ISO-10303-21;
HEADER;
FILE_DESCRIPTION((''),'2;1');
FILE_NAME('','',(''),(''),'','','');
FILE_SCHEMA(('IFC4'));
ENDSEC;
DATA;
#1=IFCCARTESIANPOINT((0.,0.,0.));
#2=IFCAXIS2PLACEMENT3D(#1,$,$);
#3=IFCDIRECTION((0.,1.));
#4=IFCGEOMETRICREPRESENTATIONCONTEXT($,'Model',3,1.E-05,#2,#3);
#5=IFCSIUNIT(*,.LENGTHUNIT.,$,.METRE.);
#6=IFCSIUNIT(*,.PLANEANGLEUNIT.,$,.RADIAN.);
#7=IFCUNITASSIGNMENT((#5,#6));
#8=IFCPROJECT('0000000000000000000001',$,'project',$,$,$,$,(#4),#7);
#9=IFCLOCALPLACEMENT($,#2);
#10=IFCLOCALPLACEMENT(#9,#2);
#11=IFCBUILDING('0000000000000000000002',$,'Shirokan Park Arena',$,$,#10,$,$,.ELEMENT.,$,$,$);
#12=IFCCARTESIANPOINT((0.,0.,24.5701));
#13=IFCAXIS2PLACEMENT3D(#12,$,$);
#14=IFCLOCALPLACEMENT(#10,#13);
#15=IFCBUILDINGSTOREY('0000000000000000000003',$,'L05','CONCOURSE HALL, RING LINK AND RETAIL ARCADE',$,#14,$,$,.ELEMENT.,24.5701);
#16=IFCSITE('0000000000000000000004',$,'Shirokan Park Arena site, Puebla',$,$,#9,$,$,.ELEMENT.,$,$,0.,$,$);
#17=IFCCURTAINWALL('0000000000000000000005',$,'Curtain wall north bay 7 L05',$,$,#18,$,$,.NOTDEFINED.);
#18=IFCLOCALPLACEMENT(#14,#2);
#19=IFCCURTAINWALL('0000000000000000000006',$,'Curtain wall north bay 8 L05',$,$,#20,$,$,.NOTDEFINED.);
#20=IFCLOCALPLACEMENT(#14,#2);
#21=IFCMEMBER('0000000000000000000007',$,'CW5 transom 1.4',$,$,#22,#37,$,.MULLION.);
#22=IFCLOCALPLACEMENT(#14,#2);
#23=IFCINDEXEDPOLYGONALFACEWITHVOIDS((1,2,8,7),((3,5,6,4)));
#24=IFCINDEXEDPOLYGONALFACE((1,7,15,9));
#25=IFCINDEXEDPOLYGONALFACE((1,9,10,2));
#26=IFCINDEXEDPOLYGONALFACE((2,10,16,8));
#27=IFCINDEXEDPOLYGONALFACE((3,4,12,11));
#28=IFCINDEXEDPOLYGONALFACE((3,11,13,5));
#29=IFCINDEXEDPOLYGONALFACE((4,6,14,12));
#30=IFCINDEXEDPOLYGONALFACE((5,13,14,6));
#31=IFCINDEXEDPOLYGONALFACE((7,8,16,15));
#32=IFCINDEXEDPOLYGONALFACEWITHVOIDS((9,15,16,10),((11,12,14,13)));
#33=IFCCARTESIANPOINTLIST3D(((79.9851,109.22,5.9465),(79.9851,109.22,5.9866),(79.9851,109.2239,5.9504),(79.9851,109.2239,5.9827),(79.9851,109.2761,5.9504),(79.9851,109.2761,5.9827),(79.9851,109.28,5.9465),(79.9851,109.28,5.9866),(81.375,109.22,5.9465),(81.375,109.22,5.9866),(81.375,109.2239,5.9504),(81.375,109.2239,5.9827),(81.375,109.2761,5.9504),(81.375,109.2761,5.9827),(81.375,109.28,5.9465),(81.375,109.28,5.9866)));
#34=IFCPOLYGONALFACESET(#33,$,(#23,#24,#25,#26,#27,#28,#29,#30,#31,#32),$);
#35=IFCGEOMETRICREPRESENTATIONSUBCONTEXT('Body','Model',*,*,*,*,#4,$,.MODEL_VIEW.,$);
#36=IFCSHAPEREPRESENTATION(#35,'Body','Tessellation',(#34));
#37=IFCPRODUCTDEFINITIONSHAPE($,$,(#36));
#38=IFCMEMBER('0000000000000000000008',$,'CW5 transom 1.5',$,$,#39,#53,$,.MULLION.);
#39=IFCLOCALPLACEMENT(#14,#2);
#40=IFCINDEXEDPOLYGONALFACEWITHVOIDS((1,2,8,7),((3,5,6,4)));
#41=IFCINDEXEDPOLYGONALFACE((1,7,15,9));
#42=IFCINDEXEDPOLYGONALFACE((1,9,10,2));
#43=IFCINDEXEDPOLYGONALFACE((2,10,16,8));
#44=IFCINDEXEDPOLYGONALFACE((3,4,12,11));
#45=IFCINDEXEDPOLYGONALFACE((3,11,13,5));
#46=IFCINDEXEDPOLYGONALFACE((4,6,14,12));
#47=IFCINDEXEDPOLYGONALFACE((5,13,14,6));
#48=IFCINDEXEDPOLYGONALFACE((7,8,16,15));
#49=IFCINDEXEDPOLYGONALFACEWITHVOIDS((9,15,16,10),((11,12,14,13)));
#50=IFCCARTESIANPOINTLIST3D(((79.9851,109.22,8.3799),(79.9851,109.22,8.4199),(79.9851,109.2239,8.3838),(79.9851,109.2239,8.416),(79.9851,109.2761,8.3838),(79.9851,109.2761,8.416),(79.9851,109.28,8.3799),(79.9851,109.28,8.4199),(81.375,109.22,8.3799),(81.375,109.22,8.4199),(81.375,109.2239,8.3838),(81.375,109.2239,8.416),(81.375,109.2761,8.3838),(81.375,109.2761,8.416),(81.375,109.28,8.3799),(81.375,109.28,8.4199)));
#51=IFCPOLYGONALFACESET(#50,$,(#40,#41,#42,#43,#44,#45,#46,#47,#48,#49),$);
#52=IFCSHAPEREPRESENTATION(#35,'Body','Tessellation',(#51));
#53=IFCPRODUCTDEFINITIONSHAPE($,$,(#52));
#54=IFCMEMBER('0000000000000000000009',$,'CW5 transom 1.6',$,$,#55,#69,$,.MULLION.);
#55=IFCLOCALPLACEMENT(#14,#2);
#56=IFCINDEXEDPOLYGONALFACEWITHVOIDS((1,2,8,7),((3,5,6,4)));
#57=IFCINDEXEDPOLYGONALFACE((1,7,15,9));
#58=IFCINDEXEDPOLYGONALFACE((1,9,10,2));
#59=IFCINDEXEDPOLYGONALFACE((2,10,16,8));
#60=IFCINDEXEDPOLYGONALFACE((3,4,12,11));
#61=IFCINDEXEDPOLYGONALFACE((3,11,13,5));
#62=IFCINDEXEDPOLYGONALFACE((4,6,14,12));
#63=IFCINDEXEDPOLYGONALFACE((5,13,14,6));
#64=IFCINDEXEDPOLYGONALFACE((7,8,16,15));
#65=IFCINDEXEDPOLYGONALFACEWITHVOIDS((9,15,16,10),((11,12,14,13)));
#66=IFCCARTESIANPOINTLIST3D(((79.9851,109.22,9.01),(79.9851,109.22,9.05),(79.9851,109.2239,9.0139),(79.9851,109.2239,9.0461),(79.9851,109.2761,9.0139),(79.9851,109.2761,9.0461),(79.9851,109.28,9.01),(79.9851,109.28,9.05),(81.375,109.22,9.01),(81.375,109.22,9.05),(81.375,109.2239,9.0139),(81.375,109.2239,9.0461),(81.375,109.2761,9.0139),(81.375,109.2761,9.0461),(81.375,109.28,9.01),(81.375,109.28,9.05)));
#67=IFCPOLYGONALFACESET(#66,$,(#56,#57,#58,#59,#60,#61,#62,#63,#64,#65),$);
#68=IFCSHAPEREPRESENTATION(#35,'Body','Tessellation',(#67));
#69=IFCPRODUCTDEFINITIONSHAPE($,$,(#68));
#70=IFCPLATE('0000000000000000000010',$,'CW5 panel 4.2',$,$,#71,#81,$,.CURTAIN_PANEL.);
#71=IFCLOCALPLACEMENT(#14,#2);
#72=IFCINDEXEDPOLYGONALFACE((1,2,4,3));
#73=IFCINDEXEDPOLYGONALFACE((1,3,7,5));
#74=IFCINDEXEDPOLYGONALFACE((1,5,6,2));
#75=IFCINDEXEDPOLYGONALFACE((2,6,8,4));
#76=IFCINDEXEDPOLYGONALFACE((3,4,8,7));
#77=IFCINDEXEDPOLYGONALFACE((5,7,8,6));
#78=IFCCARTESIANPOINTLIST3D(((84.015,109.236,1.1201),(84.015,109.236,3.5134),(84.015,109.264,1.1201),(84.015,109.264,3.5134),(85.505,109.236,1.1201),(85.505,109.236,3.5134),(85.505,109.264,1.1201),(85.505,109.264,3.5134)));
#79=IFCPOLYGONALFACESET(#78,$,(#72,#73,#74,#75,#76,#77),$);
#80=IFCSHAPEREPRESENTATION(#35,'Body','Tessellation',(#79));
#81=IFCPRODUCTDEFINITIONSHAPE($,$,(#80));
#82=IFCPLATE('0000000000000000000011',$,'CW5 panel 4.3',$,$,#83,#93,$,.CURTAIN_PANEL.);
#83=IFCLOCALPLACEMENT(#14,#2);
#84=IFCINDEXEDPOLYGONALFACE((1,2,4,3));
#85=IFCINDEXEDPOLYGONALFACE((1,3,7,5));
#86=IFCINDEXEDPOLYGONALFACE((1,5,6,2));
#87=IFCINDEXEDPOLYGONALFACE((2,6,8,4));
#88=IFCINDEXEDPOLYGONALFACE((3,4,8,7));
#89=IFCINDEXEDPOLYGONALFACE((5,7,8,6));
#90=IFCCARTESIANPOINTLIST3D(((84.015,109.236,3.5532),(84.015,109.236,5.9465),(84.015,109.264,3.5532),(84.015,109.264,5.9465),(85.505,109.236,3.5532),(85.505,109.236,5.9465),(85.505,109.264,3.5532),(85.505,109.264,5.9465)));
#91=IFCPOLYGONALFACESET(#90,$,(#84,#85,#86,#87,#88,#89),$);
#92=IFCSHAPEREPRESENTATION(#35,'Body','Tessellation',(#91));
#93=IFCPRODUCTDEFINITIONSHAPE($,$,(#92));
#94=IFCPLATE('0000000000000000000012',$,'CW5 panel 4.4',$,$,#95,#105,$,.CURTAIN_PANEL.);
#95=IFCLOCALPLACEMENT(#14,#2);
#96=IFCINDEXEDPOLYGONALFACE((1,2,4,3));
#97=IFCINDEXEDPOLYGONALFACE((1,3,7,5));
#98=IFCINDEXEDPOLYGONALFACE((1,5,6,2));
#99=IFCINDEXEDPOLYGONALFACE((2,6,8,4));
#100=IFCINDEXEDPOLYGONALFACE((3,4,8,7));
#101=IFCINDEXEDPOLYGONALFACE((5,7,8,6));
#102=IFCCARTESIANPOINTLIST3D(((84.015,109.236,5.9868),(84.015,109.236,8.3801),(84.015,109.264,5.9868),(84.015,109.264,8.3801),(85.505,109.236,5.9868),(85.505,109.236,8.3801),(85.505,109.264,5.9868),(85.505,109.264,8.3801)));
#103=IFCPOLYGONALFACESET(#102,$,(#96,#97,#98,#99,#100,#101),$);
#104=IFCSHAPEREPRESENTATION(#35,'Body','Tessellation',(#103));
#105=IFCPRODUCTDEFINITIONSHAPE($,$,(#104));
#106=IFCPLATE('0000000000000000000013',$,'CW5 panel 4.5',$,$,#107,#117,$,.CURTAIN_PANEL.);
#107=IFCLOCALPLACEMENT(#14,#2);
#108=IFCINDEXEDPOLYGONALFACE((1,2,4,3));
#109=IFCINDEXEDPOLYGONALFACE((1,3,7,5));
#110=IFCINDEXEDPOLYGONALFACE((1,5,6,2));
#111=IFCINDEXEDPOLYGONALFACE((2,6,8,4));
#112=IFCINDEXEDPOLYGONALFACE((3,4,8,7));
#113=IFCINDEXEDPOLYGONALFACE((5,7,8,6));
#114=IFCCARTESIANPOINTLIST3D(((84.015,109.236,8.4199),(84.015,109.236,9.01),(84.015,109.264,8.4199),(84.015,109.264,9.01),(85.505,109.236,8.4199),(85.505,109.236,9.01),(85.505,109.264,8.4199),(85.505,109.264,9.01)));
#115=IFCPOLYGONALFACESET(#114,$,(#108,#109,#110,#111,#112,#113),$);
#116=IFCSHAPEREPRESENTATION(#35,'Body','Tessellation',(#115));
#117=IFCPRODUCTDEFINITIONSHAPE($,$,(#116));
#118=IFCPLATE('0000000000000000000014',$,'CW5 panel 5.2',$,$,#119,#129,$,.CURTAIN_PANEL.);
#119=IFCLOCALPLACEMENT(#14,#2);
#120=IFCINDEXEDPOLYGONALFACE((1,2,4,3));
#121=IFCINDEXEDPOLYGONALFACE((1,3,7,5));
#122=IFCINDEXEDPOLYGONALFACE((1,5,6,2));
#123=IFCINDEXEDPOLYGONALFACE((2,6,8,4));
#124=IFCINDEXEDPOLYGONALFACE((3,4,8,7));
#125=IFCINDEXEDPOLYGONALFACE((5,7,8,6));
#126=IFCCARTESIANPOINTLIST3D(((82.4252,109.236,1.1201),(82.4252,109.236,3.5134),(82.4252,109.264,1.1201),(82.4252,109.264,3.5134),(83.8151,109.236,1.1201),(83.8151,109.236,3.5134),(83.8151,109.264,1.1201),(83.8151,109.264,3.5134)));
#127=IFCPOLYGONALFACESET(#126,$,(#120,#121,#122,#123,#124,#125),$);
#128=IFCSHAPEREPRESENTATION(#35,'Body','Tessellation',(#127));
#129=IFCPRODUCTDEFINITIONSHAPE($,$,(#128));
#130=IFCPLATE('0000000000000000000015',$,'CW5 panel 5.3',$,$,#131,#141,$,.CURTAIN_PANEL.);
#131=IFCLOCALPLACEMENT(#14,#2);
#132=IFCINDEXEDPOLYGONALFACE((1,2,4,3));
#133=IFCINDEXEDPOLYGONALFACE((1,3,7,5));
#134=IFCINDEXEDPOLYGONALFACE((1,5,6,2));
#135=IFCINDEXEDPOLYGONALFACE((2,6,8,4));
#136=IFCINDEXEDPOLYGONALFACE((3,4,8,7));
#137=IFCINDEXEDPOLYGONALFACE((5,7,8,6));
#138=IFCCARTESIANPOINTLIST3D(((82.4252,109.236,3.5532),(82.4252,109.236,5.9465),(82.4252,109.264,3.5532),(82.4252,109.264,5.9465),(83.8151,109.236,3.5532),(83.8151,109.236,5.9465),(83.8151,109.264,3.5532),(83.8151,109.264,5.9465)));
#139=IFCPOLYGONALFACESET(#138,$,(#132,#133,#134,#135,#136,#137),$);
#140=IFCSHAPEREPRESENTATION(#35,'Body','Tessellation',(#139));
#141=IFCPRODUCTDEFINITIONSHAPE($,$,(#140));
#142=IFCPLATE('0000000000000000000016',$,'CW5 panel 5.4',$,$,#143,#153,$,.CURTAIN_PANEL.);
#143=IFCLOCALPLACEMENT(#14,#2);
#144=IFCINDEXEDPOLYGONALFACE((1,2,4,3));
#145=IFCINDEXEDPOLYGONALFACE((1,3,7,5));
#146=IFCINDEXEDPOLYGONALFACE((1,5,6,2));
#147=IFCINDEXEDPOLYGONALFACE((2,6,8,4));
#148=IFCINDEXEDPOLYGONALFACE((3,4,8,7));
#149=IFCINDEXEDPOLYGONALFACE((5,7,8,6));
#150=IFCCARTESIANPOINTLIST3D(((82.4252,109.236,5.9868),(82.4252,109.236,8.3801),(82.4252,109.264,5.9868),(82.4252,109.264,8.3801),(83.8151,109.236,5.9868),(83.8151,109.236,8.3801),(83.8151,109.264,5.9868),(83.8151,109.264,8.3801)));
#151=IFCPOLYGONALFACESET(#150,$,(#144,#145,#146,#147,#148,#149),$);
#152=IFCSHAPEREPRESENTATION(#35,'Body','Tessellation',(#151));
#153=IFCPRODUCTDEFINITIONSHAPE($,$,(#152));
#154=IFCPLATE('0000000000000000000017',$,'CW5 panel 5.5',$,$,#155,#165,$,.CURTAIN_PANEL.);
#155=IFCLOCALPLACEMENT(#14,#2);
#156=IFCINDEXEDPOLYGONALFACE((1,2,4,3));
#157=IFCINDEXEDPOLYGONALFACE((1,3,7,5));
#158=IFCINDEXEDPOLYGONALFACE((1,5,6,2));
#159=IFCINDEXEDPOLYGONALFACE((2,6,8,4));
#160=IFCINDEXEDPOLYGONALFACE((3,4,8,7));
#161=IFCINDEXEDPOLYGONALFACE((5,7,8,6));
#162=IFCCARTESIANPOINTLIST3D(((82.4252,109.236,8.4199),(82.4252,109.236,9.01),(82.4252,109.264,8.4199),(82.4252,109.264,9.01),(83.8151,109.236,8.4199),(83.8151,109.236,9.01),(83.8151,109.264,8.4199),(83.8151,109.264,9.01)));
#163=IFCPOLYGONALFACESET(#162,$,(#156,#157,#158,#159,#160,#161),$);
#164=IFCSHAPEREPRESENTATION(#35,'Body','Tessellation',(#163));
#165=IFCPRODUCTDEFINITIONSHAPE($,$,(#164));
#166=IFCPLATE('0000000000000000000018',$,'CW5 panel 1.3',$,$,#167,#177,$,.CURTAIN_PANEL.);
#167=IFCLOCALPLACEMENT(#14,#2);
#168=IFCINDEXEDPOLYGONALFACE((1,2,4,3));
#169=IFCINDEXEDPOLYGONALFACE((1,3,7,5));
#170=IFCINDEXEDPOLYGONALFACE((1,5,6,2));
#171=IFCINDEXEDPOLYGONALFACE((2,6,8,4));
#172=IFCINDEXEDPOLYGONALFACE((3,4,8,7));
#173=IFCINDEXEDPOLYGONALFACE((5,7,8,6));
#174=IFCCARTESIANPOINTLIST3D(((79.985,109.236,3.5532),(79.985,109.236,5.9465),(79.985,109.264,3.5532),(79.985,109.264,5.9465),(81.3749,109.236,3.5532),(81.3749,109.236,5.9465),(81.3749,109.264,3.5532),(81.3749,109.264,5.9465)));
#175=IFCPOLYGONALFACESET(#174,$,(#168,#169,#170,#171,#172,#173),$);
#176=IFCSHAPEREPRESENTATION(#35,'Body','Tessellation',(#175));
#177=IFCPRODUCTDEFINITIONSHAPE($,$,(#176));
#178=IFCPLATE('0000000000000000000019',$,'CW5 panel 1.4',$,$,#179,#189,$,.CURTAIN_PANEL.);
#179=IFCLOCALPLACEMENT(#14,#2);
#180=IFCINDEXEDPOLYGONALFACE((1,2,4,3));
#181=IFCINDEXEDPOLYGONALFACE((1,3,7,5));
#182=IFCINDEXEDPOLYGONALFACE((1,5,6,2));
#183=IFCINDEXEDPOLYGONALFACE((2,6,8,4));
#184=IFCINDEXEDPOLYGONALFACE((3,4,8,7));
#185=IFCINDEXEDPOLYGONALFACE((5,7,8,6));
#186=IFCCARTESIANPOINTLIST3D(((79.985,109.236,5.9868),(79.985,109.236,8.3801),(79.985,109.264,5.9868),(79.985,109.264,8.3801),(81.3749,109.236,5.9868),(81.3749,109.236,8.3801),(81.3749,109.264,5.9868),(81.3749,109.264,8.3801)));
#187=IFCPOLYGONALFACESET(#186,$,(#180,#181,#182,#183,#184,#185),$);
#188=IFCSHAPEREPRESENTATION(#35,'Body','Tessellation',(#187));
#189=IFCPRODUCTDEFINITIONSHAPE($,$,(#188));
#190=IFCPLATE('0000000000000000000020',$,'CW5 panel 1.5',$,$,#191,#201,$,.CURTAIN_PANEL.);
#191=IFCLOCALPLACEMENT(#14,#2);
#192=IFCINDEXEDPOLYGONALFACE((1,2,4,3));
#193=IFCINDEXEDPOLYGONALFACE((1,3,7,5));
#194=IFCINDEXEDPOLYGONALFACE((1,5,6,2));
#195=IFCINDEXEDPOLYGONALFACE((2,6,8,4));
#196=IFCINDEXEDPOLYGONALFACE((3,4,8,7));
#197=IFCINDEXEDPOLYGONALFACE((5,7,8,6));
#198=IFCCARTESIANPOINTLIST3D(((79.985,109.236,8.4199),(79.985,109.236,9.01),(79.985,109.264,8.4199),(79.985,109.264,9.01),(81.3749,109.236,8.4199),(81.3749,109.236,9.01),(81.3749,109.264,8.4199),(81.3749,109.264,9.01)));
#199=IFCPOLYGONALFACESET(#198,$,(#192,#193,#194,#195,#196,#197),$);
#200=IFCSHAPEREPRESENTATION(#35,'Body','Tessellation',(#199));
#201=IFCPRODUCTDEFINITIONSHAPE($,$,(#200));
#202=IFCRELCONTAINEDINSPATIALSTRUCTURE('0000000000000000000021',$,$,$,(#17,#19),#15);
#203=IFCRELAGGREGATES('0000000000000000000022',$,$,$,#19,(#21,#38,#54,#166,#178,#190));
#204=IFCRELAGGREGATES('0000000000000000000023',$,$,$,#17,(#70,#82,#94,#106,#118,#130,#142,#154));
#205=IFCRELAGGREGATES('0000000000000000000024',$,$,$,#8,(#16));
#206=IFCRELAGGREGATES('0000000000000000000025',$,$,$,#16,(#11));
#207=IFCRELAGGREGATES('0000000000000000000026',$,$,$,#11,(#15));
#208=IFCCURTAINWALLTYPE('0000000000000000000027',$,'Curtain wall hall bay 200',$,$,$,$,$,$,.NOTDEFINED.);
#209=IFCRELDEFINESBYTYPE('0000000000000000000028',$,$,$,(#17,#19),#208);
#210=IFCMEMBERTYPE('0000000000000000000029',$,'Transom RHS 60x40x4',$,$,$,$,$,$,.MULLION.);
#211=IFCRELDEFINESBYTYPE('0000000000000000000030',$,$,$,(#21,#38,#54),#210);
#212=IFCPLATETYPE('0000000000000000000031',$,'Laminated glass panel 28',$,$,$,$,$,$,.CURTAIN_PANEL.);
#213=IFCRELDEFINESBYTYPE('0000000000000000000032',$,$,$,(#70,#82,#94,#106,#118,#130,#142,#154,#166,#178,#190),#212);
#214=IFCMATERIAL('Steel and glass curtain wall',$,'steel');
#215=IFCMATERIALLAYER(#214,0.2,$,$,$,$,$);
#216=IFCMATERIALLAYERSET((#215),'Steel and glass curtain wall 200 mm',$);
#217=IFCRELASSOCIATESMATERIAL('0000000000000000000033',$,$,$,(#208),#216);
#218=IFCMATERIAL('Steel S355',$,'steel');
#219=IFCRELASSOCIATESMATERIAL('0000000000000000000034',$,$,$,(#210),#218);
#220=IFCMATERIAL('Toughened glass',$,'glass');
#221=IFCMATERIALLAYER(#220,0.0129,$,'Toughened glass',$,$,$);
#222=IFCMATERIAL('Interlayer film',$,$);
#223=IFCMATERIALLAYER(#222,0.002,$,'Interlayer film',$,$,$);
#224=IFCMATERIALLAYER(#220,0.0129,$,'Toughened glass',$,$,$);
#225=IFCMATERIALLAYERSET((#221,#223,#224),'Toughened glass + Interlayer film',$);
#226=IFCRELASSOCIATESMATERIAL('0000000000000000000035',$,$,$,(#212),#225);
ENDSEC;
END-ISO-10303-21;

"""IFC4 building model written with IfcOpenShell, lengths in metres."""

from ifc_helpers import new_model, si_unit, direction, frame, origin, origin_2d, place, context, subcontext, project, spatial, rectangle, hollow_rectangle, extrude, material, layer, layer_set, material_profile, profile_set, type_object, element, aggregate, save


model = new_model("IFC4")

# Units and contexts
model_context = context("Model", 3, precision=1e-05, world=origin(), true_north=direction((0.0, 1.0)))
body_context = subcontext(model_context, "Body", "Model", "MODEL_VIEW")
ifc_project = project(units=[si_unit("LENGTHUNIT", "METRE"), si_unit("PLANEANGLEUNIT", "RADIAN")], contexts=[model_context])

# Site, building, storey
site_placement = place(None, origin())
site = spatial("IfcSite", under=ifc_project, at=site_placement, Name="Shirokan Park Arena site, Puebla", CompositionType="ELEMENT", RefElevation=0.0)
building_placement = place(site_placement, origin())
building = spatial("IfcBuilding", under=site, at=building_placement, Name="Shirokan Park Arena", CompositionType="ELEMENT")
storey_placement = place(building_placement, frame((0.0, 0.0, 24.5701)))
storey = spatial("IfcBuildingStorey", under=building, at=storey_placement, Name="L05", Description="CONCOURSE HALL, RING LINK AND RETAIL ARCADE", CompositionType="ELEMENT", Elevation=24.5701)

# Curtain wall
ifc_material_1 = material(Name="Steel and glass curtain wall", Category="steel")
ifc_layer_1 = layer(ifc_material_1, 0.2)
ifc_layer_set_1 = layer_set([ifc_layer_1], Name="Steel and glass curtain wall 200 mm")
curtain_wall_type = type_object("IfcCurtainWallType", Name="Curtain wall hall bay 200", PredefinedType="NOTDEFINED", material=ifc_layer_set_1)
curtain_wall_1_placement = place(storey_placement, origin())
curtain_wall_1 = element("IfcCurtainWall", 1, at=curtain_wall_1_placement, inside=storey, type_object=curtain_wall_type, Name="Curtain wall north bay 7 L05", PredefinedType="NOTDEFINED")
ifc_material_2 = material(Name="Steel S355", Category="steel")

# Curtain wall
curtain_wall_2_placement = place(storey_placement, origin())
curtain_wall_2 = element("IfcCurtainWall", 2, at=curtain_wall_2_placement, inside=storey, type_object=curtain_wall_type, Name="Curtain wall north bay 8 L05", PredefinedType="NOTDEFINED")

# Members
ifc_material_profile_1 = material_profile(ifc_material_2, hollow_rectangle(XDim=0.0601, YDim=0.04, WallThickness=0.0039, at=origin_2d()), Name="RHS 60x40x4")
ifc_profile_set_1 = profile_set([ifc_material_profile_1], Name="Steel S355")
member_type_1 = type_object("IfcMemberType", Name="Transom RHS 60x40x4", PredefinedType="MULLION", material=ifc_profile_set_1)
member_1_placement = place(storey_placement, frame((81.375, 109.25, 5.9666), z_axis=(-1.0, 0.0, 0.0), x_axis=(0.0, -1.0, 0.0)))
member_1 = element("IfcMember", 3, at=member_1_placement, type_object=member_type_1, Name="CW5 transom 1.4", PredefinedType="MULLION", context=body_context, shape_type="SweptSolid", body=[
    extrude(hollow_rectangle(XDim=0.0601, YDim=0.04, WallThickness=0.0039, at=origin_2d()), origin(), (0.0, 0.0, 1.0), 1.3899),
])
member_2_placement = place(storey_placement, frame((81.375, 109.25, 8.3999), z_axis=(-1.0, 0.0, 0.0), x_axis=(0.0, -1.0, 0.0)))
member_2 = element("IfcMember", 4, at=member_2_placement, type_object=member_type_1, Name="CW5 transom 1.5", PredefinedType="MULLION", context=body_context, shape_type="SweptSolid", body=[
    extrude(hollow_rectangle(XDim=0.0601, YDim=0.04, WallThickness=0.0039, at=origin_2d()), origin(), (0.0, 0.0, 1.0), 1.3899),
])
member_3_placement = place(storey_placement, frame((81.375, 109.25, 9.03), z_axis=(-1.0, 0.0, 0.0), x_axis=(0.0, -1.0, 0.0)))
member_3 = element("IfcMember", 5, at=member_3_placement, type_object=member_type_1, Name="CW5 transom 1.6", PredefinedType="MULLION", context=body_context, shape_type="SweptSolid", body=[
    extrude(hollow_rectangle(XDim=0.0601, YDim=0.04, WallThickness=0.0039, at=origin_2d()), origin(), (0.0, 0.0, 1.0), 1.3899),
])

# Plates
ifc_material_3 = material(Name="Toughened glass", Category="glass")
ifc_layer_2 = layer(ifc_material_3, 0.0129, Name="Toughened glass")
ifc_material_4 = material(Name="Interlayer film")
ifc_layer_3 = layer(ifc_material_4, 0.002, Name="Interlayer film")
ifc_layer_4 = layer(ifc_material_3, 0.0129, Name="Toughened glass")
ifc_layer_set_2 = layer_set([ifc_layer_2, ifc_layer_3, ifc_layer_4], Name="Toughened glass + Interlayer film")
plate_type_1 = type_object("IfcPlateType", Name="Laminated glass panel 28", PredefinedType="CURTAIN_PANEL", material=ifc_layer_set_2)
plate_1_placement = place(storey_placement, frame((84.76, 109.25, 1.1201), z_axis=(0.0, 0.0, 1.0), x_axis=(-1.0, 0.0, 0.0)))
plate_1 = element("IfcPlate", 6, at=plate_1_placement, type_object=plate_type_1, Name="CW5 panel 4.2", PredefinedType="CURTAIN_PANEL", context=body_context, shape_type="SweptSolid", body=[
    extrude(rectangle(XDim=1.49, YDim=0.0281, at=origin_2d()), origin(), (0.0, 0.0, 1.0), 2.3933),
])
plate_2_placement = place(storey_placement, frame((84.76, 109.25, 3.5532), z_axis=(0.0, 0.0, 1.0), x_axis=(-1.0, 0.0, 0.0)))
plate_2 = element("IfcPlate", 7, at=plate_2_placement, type_object=plate_type_1, Name="CW5 panel 4.3", PredefinedType="CURTAIN_PANEL", context=body_context, shape_type="SweptSolid", body=[
    extrude(rectangle(XDim=1.49, YDim=0.0281, at=origin_2d()), origin(), (0.0, 0.0, 1.0), 2.3933),
])
plate_3_placement = place(storey_placement, frame((84.76, 109.25, 5.9868), z_axis=(0.0, 0.0, 1.0), x_axis=(-1.0, 0.0, 0.0)))
plate_3 = element("IfcPlate", 8, at=plate_3_placement, type_object=plate_type_1, Name="CW5 panel 4.4", PredefinedType="CURTAIN_PANEL", context=body_context, shape_type="SweptSolid", body=[
    extrude(rectangle(XDim=1.49, YDim=0.0281, at=origin_2d()), origin(), (0.0, 0.0, 1.0), 2.3933),
])
plate_4_placement = place(storey_placement, frame((84.76, 109.25, 8.4199), z_axis=(0.0, 0.0, 1.0), x_axis=(-1.0, 0.0, 0.0)))
plate_4 = element("IfcPlate", 9, at=plate_4_placement, type_object=plate_type_1, Name="CW5 panel 4.5", PredefinedType="CURTAIN_PANEL", context=body_context, shape_type="SweptSolid", body=[
    extrude(rectangle(XDim=1.49, YDim=0.0281, at=origin_2d()), origin(), (0.0, 0.0, 1.0), 0.5901),
])
plate_5_placement = place(storey_placement, frame((83.1201, 109.25, 1.1201), z_axis=(0.0, 0.0, 1.0), x_axis=(-1.0, 0.0, 0.0)))
plate_5 = element("IfcPlate", 10, at=plate_5_placement, type_object=plate_type_1, Name="CW5 panel 5.2", PredefinedType="CURTAIN_PANEL", context=body_context, shape_type="SweptSolid", body=[
    extrude(rectangle(XDim=1.3899, YDim=0.0281, at=origin_2d()), origin(), (0.0, 0.0, 1.0), 2.3933),
])
plate_6_placement = place(storey_placement, frame((83.1201, 109.25, 3.5532), z_axis=(0.0, 0.0, 1.0), x_axis=(-1.0, 0.0, 0.0)))
plate_6 = element("IfcPlate", 11, at=plate_6_placement, type_object=plate_type_1, Name="CW5 panel 5.3", PredefinedType="CURTAIN_PANEL", context=body_context, shape_type="SweptSolid", body=[
    extrude(rectangle(XDim=1.3899, YDim=0.0281, at=origin_2d()), origin(), (0.0, 0.0, 1.0), 2.3933),
])
plate_7_placement = place(storey_placement, frame((83.1201, 109.25, 5.9868), z_axis=(0.0, 0.0, 1.0), x_axis=(-1.0, 0.0, 0.0)))
plate_7 = element("IfcPlate", 12, at=plate_7_placement, type_object=plate_type_1, Name="CW5 panel 5.4", PredefinedType="CURTAIN_PANEL", context=body_context, shape_type="SweptSolid", body=[
    extrude(rectangle(XDim=1.3899, YDim=0.0281, at=origin_2d()), origin(), (0.0, 0.0, 1.0), 2.3933),
])
plate_8_placement = place(storey_placement, frame((83.1201, 109.25, 8.4199), z_axis=(0.0, 0.0, 1.0), x_axis=(-1.0, 0.0, 0.0)))
plate_8 = element("IfcPlate", 13, at=plate_8_placement, type_object=plate_type_1, Name="CW5 panel 5.5", PredefinedType="CURTAIN_PANEL", context=body_context, shape_type="SweptSolid", body=[
    extrude(rectangle(XDim=1.3899, YDim=0.0281, at=origin_2d()), origin(), (0.0, 0.0, 1.0), 0.5901),
])
plate_9_placement = place(storey_placement, frame((80.6799, 109.25, 3.5532), z_axis=(0.0, 0.0, 1.0), x_axis=(-1.0, 0.0, 0.0)))
plate_9 = element("IfcPlate", 14, at=plate_9_placement, type_object=plate_type_1, Name="CW5 panel 1.3", PredefinedType="CURTAIN_PANEL", context=body_context, shape_type="SweptSolid", body=[
    extrude(rectangle(XDim=1.3899, YDim=0.0281, at=origin_2d()), origin(), (0.0, 0.0, 1.0), 2.3933),
])
plate_10_placement = place(storey_placement, frame((80.6799, 109.25, 5.9868), z_axis=(0.0, 0.0, 1.0), x_axis=(-1.0, 0.0, 0.0)))
plate_10 = element("IfcPlate", 15, at=plate_10_placement, type_object=plate_type_1, Name="CW5 panel 1.4", PredefinedType="CURTAIN_PANEL", context=body_context, shape_type="SweptSolid", body=[
    extrude(rectangle(XDim=1.3899, YDim=0.0281, at=origin_2d()), origin(), (0.0, 0.0, 1.0), 2.3933),
])
plate_11_placement = place(storey_placement, frame((80.6799, 109.25, 8.4199), z_axis=(0.0, 0.0, 1.0), x_axis=(-1.0, 0.0, 0.0)))
plate_11 = element("IfcPlate", 16, at=plate_11_placement, type_object=plate_type_1, Name="CW5 panel 1.5", PredefinedType="CURTAIN_PANEL", context=body_context, shape_type="SweptSolid", body=[
    extrude(rectangle(XDim=1.3899, YDim=0.0281, at=origin_2d()), origin(), (0.0, 0.0, 1.0), 0.5901),
])
aggregate(curtain_wall_2, [member_1, member_2, member_3, plate_9, plate_10, plate_11])
aggregate(curtain_wall_1, [plate_1, plate_2, plate_3, plate_4, plate_5, plate_6, plate_7, plate_8])

save(model, "model.ifc")
